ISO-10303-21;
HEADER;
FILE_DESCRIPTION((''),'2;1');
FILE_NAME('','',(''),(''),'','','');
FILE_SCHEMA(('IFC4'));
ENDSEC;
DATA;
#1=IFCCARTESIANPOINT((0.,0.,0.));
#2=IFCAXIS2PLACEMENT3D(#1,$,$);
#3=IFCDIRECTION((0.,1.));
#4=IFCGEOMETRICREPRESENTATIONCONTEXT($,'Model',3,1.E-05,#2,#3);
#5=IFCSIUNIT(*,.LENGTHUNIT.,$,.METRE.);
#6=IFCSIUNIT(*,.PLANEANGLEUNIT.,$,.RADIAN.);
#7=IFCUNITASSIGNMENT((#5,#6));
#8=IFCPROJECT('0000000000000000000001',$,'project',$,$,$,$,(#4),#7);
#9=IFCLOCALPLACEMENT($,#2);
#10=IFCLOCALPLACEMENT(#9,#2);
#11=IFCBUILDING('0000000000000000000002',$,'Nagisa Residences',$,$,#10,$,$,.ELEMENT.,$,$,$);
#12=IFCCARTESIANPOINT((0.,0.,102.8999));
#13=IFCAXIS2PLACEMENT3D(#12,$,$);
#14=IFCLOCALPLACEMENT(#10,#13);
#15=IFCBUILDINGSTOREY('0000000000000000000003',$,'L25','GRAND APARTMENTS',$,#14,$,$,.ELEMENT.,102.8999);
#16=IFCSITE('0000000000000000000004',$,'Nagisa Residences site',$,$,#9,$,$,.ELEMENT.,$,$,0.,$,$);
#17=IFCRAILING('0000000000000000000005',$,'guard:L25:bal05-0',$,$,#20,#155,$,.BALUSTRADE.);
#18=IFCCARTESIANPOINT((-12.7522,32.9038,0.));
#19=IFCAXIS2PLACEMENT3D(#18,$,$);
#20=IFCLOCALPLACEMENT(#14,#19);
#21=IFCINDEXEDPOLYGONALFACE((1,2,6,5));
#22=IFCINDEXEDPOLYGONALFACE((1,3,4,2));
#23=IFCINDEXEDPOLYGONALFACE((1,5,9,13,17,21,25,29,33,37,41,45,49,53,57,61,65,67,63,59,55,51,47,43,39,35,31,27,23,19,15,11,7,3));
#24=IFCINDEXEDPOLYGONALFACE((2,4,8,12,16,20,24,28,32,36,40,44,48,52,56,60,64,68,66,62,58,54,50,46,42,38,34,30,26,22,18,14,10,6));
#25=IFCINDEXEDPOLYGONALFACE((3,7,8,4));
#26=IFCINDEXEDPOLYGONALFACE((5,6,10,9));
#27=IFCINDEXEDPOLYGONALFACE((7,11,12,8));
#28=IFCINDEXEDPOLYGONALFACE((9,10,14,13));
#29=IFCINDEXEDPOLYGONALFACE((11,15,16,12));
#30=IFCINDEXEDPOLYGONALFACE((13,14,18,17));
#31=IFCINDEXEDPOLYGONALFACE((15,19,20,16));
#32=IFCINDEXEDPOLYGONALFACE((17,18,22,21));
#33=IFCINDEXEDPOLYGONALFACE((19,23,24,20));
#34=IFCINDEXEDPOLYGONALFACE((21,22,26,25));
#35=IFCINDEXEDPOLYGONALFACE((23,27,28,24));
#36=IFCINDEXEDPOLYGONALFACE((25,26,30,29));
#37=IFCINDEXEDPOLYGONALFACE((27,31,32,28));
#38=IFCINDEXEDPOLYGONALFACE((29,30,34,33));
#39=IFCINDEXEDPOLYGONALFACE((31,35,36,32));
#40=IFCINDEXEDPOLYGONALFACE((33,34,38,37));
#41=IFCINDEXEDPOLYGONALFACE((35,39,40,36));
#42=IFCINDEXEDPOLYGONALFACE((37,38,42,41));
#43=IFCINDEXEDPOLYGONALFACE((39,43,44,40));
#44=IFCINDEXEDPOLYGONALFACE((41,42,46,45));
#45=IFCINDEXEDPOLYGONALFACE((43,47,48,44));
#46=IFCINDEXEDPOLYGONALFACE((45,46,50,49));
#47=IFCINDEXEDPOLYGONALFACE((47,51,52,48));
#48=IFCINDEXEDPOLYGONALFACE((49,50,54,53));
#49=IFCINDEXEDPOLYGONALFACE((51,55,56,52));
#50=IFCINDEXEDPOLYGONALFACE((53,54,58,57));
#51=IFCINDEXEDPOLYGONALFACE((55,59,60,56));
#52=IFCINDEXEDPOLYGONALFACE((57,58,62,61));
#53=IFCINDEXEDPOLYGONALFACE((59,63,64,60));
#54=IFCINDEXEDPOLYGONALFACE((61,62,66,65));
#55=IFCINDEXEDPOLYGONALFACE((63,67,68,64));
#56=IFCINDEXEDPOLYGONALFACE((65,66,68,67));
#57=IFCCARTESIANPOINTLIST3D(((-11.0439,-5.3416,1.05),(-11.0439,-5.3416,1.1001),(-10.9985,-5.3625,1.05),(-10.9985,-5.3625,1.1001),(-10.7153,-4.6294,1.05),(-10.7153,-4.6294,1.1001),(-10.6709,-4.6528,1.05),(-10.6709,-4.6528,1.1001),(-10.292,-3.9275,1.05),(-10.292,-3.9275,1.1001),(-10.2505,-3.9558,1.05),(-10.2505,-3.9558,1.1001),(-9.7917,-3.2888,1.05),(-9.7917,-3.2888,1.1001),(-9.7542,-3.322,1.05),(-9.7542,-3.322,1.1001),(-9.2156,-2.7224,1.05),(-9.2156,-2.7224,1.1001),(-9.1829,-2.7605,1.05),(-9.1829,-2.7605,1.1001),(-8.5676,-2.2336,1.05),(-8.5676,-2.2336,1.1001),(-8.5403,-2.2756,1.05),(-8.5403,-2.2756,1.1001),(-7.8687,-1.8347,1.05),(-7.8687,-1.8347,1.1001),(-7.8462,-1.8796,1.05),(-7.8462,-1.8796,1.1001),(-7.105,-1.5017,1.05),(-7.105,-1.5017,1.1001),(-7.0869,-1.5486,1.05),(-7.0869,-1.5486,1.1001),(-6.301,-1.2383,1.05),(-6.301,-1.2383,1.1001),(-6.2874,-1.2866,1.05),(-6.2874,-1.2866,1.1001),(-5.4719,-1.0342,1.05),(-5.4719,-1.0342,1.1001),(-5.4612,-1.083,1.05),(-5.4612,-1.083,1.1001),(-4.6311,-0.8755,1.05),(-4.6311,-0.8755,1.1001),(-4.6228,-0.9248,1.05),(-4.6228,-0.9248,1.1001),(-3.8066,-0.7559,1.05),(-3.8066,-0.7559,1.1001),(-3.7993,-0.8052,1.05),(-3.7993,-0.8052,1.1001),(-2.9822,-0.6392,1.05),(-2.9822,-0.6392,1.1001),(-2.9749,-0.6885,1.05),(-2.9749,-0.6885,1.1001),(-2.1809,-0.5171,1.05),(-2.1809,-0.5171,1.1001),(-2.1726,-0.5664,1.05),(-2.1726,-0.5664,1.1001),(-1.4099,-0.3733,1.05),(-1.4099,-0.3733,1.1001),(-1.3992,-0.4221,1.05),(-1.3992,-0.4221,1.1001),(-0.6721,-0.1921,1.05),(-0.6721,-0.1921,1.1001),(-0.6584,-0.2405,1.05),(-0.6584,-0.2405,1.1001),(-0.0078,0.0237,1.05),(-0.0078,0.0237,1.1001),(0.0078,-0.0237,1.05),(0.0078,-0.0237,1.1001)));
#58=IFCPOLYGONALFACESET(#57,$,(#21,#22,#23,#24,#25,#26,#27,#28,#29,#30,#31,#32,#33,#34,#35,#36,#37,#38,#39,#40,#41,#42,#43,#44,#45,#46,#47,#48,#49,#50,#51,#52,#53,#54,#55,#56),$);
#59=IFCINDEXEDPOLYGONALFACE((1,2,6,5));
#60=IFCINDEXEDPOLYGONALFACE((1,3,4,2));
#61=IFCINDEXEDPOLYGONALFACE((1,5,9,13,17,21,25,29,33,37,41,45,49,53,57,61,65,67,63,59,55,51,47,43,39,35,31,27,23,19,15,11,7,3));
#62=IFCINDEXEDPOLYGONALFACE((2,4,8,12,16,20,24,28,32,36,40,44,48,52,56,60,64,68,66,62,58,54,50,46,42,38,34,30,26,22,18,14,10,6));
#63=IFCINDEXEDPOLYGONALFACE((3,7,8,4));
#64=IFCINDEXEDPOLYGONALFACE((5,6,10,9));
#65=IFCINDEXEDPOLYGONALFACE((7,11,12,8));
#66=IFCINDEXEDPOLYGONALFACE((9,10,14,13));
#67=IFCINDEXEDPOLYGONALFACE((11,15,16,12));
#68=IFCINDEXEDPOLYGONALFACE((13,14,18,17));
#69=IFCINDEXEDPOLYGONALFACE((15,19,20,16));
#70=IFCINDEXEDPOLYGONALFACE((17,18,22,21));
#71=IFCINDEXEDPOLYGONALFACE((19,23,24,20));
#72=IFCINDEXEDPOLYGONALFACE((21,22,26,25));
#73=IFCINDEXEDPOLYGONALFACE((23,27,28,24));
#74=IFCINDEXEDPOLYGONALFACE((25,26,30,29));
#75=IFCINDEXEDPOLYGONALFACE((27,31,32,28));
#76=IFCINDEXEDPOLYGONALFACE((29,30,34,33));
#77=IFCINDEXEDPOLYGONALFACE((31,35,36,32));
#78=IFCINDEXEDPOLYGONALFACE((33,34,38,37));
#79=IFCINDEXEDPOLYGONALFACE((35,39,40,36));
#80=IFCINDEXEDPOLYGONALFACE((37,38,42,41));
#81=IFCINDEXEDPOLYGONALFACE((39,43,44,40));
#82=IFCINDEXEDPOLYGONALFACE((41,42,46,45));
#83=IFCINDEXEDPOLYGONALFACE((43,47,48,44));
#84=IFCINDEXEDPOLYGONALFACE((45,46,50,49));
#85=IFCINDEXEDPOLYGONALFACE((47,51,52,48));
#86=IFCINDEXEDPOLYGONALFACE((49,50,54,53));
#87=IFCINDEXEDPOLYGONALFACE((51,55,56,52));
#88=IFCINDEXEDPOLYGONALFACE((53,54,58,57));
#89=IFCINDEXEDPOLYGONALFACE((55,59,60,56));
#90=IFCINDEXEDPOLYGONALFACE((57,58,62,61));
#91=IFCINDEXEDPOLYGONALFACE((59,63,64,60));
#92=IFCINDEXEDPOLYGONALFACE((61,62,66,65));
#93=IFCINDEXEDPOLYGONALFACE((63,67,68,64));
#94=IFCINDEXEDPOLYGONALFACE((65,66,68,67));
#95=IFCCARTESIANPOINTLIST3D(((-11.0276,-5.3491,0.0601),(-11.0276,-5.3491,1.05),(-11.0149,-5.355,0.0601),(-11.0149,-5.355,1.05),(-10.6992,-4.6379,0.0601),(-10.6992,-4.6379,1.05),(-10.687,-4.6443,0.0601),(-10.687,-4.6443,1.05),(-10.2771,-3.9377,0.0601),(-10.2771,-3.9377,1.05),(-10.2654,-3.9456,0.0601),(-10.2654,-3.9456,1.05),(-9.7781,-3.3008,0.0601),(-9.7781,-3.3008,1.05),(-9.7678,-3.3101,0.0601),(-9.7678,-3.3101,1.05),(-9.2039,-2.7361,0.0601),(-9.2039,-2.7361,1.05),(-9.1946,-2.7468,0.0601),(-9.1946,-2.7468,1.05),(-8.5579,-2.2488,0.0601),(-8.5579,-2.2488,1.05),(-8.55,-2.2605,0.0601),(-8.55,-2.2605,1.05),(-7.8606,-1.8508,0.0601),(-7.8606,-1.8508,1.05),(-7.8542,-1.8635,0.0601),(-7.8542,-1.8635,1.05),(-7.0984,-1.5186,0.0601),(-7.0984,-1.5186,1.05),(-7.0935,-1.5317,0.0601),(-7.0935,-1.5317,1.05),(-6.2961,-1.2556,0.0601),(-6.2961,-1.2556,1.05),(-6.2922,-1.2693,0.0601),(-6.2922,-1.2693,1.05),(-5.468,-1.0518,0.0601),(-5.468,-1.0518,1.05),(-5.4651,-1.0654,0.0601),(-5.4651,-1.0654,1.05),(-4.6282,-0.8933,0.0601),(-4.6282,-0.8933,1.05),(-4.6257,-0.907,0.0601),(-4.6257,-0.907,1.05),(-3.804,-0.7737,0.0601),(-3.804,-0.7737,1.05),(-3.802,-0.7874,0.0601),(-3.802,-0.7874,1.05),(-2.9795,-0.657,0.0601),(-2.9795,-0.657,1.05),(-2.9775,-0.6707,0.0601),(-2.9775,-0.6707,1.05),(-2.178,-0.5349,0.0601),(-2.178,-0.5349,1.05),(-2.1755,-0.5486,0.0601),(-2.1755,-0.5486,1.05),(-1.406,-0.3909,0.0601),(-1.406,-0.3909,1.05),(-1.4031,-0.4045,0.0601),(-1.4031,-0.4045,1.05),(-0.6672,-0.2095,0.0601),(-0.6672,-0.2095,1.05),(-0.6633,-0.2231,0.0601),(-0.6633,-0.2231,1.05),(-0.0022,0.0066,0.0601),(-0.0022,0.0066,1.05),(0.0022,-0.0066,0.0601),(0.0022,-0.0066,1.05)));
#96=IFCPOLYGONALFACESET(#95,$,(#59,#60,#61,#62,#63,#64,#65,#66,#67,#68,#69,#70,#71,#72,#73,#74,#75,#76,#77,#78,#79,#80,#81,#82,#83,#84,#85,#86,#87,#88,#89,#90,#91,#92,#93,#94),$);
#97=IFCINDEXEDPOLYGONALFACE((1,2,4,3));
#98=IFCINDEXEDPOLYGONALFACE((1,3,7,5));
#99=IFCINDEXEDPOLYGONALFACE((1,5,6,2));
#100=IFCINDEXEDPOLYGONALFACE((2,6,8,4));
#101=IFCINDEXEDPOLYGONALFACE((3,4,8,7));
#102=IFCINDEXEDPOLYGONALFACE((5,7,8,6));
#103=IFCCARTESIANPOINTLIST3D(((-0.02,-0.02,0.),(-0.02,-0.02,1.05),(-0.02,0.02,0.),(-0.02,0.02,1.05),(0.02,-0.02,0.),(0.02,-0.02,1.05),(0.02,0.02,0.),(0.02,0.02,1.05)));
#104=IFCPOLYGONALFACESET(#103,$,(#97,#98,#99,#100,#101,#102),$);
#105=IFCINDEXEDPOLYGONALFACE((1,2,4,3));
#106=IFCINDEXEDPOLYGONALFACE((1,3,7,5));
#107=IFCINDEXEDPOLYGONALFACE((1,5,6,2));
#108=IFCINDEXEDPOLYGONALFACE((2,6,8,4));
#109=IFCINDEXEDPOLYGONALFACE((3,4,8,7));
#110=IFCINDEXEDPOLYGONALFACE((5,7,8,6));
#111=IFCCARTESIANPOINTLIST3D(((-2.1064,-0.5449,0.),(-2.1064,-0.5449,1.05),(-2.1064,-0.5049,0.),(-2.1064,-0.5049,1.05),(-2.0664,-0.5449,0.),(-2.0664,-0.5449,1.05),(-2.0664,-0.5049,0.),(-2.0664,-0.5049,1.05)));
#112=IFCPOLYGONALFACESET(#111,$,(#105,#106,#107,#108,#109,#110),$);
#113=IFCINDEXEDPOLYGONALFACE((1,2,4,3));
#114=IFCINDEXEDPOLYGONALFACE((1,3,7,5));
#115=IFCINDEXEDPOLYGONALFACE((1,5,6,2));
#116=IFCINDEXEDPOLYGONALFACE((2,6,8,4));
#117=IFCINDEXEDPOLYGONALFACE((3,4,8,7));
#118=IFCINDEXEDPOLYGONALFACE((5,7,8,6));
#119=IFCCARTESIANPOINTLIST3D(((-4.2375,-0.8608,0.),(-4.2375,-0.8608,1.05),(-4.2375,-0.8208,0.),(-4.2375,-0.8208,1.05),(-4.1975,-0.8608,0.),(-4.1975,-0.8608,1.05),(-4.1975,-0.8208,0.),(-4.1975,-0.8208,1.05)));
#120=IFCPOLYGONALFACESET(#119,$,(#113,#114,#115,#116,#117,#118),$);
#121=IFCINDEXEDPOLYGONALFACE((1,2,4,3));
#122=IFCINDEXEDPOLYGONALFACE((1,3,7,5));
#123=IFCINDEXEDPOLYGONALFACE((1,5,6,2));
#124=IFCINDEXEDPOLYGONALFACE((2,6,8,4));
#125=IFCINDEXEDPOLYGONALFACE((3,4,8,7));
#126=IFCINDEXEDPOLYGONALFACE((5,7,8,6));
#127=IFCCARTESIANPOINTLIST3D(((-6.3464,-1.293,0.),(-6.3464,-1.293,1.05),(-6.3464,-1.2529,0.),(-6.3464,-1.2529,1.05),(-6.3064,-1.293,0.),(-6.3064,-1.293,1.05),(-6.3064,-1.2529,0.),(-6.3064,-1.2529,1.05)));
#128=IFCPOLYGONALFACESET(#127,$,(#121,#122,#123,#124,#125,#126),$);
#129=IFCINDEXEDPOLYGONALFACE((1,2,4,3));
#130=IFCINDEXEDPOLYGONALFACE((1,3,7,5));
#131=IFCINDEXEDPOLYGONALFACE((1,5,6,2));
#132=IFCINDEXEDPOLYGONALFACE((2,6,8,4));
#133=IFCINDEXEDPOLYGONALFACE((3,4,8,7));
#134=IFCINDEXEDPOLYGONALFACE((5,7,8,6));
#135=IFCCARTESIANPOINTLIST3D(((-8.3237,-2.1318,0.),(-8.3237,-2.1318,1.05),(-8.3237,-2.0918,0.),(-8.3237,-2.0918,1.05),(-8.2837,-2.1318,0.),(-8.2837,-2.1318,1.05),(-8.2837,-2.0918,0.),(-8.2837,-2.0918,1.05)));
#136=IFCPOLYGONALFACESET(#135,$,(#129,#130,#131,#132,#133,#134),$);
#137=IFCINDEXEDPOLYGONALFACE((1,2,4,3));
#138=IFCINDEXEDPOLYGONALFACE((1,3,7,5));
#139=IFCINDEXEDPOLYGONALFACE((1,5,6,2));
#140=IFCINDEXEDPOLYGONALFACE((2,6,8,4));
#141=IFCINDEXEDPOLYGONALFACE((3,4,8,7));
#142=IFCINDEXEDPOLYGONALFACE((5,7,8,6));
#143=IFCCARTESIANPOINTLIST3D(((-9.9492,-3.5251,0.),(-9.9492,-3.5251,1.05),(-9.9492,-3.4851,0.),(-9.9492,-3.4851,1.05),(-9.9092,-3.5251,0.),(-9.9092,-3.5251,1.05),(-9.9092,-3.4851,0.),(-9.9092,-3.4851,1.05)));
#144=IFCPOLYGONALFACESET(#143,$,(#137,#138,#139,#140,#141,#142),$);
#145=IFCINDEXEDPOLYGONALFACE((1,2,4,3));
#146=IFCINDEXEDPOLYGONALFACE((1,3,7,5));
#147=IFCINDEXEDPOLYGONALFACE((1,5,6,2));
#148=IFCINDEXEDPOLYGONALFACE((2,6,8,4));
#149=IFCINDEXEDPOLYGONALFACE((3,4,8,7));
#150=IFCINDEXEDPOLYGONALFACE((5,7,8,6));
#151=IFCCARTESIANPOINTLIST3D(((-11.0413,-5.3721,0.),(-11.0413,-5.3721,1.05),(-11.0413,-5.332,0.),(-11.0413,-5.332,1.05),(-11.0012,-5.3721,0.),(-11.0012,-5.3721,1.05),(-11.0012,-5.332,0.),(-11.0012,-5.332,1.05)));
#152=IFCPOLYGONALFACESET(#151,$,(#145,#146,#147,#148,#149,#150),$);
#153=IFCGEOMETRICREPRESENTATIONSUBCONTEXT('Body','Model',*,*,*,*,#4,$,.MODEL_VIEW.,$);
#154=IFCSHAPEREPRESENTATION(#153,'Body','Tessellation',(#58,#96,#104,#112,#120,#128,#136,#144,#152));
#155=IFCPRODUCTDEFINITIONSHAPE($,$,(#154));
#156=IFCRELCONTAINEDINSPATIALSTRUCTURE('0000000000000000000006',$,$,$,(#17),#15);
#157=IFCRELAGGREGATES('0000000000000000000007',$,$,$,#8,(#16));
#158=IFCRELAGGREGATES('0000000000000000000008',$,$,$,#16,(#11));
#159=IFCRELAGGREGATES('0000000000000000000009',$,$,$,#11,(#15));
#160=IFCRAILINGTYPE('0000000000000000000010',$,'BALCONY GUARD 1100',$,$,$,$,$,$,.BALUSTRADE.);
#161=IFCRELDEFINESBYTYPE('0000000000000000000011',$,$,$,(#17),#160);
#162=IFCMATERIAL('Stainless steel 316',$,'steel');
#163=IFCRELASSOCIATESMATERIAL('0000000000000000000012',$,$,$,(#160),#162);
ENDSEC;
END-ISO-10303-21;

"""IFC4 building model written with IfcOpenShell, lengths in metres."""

from ifc_helpers import new_model, si_unit, direction, frame, origin, origin_2d, place, context, subcontext, project, spatial, polyline, rectangle, outline, extrude, material, type_object, element, save


model = new_model("IFC4")

# Units and contexts
model_context = context("Model", 3, precision=1e-05, world=origin(), true_north=direction((0.0, 1.0)))
body_context = subcontext(model_context, "Body", "Model", "MODEL_VIEW")
ifc_project = project(units=[si_unit("LENGTHUNIT", "METRE"), si_unit("PLANEANGLEUNIT", "RADIAN")], contexts=[model_context])

# Site, building, storey
site_placement = place(None, origin())
site = spatial("IfcSite", under=ifc_project, at=site_placement, Name="Nagisa Residences site", CompositionType="ELEMENT", RefElevation=0.0)
building_placement = place(site_placement, origin())
building = spatial("IfcBuilding", under=site, at=building_placement, Name="Nagisa Residences", CompositionType="ELEMENT")
storey_placement = place(building_placement, frame((0.0, 0.0, 102.8999)))
storey = spatial("IfcBuildingStorey", under=building, at=storey_placement, Name="L25", Description="GRAND APARTMENTS", CompositionType="ELEMENT", Elevation=102.8999)

# Railing
ifc_material_1 = material(Name="Stainless steel 316", Category="steel")
railing_type = type_object("IfcRailingType", Name="BALCONY GUARD 1100", PredefinedType="BALUSTRADE", material=ifc_material_1)
railing_1_placement = place(storey_placement, frame((-12.7522, 32.9038, 0.0)))
element("IfcRailing", 1, at=railing_1_placement, inside=storey, type_object=railing_type, Name="guard:L25:bal05-0", PredefinedType="BALUSTRADE", context=body_context, shape_type="SweptSolid", body=[
    extrude(outline(polyline([(-0.6584, -0.2405), (0.0078, -0.0237), (-0.0078, 0.0237), (-0.6721, -0.1921), (-1.4099, -0.3733), (-2.1809, -0.5171), (-2.9822, -0.6392), (-3.8066, -0.7559), (-4.6311, -0.8755), (-5.4719, -1.0342), (-6.301, -1.2383), (-7.105, -1.5017), (-7.8687, -1.8347), (-8.5676, -2.2336), (-9.2156, -2.7224), (-9.7917, -3.2888), (-10.292, -3.9275), (-10.7153, -4.6294), (-11.0439, -5.3416), (-10.9985, -5.3625), (-10.6709, -4.6528), (-10.2505, -3.9558), (-9.7542, -3.322), (-9.1829, -2.7605), (-8.5403, -2.2756), (-7.8462, -1.8796), (-7.0869, -1.5486), (-6.2874, -1.2866), (-5.4612, -1.083), (-4.6228, -0.9248), (-3.7993, -0.8052), (-2.9749, -0.6885), (-2.1726, -0.5664), (-1.3992, -0.4221), (-0.6584, -0.2405)])), frame((0.0, 0.0, 1.05)), (0.0, 0.0, 1.0), 0.05),
    extrude(outline(polyline([(-0.6633, -0.2231), (0.0022, -0.0066), (-0.0022, 0.0066), (-0.6672, -0.2095), (-1.406, -0.3909), (-2.178, -0.5349), (-2.9795, -0.657), (-3.804, -0.7737), (-4.6282, -0.8933), (-5.468, -1.0518), (-6.2961, -1.2556), (-7.0984, -1.5186), (-7.8606, -1.8508), (-8.5579, -2.2488), (-9.2039, -2.7361), (-9.7781, -3.3008), (-10.2771, -3.9377), (-10.6992, -4.6379), (-11.0276, -5.3491), (-11.0149, -5.355), (-10.687, -4.6443), (-10.2654, -3.9456), (-9.7678, -3.3101), (-9.1946, -2.7468), (-8.55, -2.2605), (-7.8542, -1.8635), (-7.0935, -1.5317), (-6.2922, -1.2693), (-5.4651, -1.0654), (-4.6257, -0.907), (-3.802, -0.7874), (-2.9775, -0.6707), (-2.1755, -0.5486), (-1.4031, -0.4045), (-0.6633, -0.2231)])), frame((0.0, 0.0, 0.0601)), (0.0, 0.0, 1.0), 0.99),
    extrude(rectangle(XDim=0.04, YDim=0.04, at=origin_2d()), origin(), (0.0, 0.0, 1.0), 1.05),
    extrude(rectangle(XDim=0.04, YDim=0.04, at=origin_2d()), frame((-2.0864, -0.5249, 0.0)), (0.0, 0.0, 1.0), 1.05),
    extrude(rectangle(XDim=0.04, YDim=0.04, at=origin_2d()), frame((-4.2175, -0.8408, 0.0)), (0.0, 0.0, 1.0), 1.05),
    extrude(rectangle(XDim=0.04, YDim=0.04, at=origin_2d()), frame((-6.3264, -1.2729, 0.0)), (0.0, 0.0, 1.0), 1.05),
    extrude(rectangle(XDim=0.04, YDim=0.04, at=origin_2d()), frame((-8.3037, -2.1118, 0.0)), (0.0, 0.0, 1.0), 1.05),
    extrude(rectangle(XDim=0.04, YDim=0.04, at=origin_2d()), frame((-9.9292, -3.5051, 0.0)), (0.0, 0.0, 1.0), 1.05),
    extrude(rectangle(XDim=0.04, YDim=0.04, at=origin_2d()), frame((-11.0212, -5.3521, 0.0)), (0.0, 0.0, 1.0), 1.05),
])

save(model, "model.ifc")
